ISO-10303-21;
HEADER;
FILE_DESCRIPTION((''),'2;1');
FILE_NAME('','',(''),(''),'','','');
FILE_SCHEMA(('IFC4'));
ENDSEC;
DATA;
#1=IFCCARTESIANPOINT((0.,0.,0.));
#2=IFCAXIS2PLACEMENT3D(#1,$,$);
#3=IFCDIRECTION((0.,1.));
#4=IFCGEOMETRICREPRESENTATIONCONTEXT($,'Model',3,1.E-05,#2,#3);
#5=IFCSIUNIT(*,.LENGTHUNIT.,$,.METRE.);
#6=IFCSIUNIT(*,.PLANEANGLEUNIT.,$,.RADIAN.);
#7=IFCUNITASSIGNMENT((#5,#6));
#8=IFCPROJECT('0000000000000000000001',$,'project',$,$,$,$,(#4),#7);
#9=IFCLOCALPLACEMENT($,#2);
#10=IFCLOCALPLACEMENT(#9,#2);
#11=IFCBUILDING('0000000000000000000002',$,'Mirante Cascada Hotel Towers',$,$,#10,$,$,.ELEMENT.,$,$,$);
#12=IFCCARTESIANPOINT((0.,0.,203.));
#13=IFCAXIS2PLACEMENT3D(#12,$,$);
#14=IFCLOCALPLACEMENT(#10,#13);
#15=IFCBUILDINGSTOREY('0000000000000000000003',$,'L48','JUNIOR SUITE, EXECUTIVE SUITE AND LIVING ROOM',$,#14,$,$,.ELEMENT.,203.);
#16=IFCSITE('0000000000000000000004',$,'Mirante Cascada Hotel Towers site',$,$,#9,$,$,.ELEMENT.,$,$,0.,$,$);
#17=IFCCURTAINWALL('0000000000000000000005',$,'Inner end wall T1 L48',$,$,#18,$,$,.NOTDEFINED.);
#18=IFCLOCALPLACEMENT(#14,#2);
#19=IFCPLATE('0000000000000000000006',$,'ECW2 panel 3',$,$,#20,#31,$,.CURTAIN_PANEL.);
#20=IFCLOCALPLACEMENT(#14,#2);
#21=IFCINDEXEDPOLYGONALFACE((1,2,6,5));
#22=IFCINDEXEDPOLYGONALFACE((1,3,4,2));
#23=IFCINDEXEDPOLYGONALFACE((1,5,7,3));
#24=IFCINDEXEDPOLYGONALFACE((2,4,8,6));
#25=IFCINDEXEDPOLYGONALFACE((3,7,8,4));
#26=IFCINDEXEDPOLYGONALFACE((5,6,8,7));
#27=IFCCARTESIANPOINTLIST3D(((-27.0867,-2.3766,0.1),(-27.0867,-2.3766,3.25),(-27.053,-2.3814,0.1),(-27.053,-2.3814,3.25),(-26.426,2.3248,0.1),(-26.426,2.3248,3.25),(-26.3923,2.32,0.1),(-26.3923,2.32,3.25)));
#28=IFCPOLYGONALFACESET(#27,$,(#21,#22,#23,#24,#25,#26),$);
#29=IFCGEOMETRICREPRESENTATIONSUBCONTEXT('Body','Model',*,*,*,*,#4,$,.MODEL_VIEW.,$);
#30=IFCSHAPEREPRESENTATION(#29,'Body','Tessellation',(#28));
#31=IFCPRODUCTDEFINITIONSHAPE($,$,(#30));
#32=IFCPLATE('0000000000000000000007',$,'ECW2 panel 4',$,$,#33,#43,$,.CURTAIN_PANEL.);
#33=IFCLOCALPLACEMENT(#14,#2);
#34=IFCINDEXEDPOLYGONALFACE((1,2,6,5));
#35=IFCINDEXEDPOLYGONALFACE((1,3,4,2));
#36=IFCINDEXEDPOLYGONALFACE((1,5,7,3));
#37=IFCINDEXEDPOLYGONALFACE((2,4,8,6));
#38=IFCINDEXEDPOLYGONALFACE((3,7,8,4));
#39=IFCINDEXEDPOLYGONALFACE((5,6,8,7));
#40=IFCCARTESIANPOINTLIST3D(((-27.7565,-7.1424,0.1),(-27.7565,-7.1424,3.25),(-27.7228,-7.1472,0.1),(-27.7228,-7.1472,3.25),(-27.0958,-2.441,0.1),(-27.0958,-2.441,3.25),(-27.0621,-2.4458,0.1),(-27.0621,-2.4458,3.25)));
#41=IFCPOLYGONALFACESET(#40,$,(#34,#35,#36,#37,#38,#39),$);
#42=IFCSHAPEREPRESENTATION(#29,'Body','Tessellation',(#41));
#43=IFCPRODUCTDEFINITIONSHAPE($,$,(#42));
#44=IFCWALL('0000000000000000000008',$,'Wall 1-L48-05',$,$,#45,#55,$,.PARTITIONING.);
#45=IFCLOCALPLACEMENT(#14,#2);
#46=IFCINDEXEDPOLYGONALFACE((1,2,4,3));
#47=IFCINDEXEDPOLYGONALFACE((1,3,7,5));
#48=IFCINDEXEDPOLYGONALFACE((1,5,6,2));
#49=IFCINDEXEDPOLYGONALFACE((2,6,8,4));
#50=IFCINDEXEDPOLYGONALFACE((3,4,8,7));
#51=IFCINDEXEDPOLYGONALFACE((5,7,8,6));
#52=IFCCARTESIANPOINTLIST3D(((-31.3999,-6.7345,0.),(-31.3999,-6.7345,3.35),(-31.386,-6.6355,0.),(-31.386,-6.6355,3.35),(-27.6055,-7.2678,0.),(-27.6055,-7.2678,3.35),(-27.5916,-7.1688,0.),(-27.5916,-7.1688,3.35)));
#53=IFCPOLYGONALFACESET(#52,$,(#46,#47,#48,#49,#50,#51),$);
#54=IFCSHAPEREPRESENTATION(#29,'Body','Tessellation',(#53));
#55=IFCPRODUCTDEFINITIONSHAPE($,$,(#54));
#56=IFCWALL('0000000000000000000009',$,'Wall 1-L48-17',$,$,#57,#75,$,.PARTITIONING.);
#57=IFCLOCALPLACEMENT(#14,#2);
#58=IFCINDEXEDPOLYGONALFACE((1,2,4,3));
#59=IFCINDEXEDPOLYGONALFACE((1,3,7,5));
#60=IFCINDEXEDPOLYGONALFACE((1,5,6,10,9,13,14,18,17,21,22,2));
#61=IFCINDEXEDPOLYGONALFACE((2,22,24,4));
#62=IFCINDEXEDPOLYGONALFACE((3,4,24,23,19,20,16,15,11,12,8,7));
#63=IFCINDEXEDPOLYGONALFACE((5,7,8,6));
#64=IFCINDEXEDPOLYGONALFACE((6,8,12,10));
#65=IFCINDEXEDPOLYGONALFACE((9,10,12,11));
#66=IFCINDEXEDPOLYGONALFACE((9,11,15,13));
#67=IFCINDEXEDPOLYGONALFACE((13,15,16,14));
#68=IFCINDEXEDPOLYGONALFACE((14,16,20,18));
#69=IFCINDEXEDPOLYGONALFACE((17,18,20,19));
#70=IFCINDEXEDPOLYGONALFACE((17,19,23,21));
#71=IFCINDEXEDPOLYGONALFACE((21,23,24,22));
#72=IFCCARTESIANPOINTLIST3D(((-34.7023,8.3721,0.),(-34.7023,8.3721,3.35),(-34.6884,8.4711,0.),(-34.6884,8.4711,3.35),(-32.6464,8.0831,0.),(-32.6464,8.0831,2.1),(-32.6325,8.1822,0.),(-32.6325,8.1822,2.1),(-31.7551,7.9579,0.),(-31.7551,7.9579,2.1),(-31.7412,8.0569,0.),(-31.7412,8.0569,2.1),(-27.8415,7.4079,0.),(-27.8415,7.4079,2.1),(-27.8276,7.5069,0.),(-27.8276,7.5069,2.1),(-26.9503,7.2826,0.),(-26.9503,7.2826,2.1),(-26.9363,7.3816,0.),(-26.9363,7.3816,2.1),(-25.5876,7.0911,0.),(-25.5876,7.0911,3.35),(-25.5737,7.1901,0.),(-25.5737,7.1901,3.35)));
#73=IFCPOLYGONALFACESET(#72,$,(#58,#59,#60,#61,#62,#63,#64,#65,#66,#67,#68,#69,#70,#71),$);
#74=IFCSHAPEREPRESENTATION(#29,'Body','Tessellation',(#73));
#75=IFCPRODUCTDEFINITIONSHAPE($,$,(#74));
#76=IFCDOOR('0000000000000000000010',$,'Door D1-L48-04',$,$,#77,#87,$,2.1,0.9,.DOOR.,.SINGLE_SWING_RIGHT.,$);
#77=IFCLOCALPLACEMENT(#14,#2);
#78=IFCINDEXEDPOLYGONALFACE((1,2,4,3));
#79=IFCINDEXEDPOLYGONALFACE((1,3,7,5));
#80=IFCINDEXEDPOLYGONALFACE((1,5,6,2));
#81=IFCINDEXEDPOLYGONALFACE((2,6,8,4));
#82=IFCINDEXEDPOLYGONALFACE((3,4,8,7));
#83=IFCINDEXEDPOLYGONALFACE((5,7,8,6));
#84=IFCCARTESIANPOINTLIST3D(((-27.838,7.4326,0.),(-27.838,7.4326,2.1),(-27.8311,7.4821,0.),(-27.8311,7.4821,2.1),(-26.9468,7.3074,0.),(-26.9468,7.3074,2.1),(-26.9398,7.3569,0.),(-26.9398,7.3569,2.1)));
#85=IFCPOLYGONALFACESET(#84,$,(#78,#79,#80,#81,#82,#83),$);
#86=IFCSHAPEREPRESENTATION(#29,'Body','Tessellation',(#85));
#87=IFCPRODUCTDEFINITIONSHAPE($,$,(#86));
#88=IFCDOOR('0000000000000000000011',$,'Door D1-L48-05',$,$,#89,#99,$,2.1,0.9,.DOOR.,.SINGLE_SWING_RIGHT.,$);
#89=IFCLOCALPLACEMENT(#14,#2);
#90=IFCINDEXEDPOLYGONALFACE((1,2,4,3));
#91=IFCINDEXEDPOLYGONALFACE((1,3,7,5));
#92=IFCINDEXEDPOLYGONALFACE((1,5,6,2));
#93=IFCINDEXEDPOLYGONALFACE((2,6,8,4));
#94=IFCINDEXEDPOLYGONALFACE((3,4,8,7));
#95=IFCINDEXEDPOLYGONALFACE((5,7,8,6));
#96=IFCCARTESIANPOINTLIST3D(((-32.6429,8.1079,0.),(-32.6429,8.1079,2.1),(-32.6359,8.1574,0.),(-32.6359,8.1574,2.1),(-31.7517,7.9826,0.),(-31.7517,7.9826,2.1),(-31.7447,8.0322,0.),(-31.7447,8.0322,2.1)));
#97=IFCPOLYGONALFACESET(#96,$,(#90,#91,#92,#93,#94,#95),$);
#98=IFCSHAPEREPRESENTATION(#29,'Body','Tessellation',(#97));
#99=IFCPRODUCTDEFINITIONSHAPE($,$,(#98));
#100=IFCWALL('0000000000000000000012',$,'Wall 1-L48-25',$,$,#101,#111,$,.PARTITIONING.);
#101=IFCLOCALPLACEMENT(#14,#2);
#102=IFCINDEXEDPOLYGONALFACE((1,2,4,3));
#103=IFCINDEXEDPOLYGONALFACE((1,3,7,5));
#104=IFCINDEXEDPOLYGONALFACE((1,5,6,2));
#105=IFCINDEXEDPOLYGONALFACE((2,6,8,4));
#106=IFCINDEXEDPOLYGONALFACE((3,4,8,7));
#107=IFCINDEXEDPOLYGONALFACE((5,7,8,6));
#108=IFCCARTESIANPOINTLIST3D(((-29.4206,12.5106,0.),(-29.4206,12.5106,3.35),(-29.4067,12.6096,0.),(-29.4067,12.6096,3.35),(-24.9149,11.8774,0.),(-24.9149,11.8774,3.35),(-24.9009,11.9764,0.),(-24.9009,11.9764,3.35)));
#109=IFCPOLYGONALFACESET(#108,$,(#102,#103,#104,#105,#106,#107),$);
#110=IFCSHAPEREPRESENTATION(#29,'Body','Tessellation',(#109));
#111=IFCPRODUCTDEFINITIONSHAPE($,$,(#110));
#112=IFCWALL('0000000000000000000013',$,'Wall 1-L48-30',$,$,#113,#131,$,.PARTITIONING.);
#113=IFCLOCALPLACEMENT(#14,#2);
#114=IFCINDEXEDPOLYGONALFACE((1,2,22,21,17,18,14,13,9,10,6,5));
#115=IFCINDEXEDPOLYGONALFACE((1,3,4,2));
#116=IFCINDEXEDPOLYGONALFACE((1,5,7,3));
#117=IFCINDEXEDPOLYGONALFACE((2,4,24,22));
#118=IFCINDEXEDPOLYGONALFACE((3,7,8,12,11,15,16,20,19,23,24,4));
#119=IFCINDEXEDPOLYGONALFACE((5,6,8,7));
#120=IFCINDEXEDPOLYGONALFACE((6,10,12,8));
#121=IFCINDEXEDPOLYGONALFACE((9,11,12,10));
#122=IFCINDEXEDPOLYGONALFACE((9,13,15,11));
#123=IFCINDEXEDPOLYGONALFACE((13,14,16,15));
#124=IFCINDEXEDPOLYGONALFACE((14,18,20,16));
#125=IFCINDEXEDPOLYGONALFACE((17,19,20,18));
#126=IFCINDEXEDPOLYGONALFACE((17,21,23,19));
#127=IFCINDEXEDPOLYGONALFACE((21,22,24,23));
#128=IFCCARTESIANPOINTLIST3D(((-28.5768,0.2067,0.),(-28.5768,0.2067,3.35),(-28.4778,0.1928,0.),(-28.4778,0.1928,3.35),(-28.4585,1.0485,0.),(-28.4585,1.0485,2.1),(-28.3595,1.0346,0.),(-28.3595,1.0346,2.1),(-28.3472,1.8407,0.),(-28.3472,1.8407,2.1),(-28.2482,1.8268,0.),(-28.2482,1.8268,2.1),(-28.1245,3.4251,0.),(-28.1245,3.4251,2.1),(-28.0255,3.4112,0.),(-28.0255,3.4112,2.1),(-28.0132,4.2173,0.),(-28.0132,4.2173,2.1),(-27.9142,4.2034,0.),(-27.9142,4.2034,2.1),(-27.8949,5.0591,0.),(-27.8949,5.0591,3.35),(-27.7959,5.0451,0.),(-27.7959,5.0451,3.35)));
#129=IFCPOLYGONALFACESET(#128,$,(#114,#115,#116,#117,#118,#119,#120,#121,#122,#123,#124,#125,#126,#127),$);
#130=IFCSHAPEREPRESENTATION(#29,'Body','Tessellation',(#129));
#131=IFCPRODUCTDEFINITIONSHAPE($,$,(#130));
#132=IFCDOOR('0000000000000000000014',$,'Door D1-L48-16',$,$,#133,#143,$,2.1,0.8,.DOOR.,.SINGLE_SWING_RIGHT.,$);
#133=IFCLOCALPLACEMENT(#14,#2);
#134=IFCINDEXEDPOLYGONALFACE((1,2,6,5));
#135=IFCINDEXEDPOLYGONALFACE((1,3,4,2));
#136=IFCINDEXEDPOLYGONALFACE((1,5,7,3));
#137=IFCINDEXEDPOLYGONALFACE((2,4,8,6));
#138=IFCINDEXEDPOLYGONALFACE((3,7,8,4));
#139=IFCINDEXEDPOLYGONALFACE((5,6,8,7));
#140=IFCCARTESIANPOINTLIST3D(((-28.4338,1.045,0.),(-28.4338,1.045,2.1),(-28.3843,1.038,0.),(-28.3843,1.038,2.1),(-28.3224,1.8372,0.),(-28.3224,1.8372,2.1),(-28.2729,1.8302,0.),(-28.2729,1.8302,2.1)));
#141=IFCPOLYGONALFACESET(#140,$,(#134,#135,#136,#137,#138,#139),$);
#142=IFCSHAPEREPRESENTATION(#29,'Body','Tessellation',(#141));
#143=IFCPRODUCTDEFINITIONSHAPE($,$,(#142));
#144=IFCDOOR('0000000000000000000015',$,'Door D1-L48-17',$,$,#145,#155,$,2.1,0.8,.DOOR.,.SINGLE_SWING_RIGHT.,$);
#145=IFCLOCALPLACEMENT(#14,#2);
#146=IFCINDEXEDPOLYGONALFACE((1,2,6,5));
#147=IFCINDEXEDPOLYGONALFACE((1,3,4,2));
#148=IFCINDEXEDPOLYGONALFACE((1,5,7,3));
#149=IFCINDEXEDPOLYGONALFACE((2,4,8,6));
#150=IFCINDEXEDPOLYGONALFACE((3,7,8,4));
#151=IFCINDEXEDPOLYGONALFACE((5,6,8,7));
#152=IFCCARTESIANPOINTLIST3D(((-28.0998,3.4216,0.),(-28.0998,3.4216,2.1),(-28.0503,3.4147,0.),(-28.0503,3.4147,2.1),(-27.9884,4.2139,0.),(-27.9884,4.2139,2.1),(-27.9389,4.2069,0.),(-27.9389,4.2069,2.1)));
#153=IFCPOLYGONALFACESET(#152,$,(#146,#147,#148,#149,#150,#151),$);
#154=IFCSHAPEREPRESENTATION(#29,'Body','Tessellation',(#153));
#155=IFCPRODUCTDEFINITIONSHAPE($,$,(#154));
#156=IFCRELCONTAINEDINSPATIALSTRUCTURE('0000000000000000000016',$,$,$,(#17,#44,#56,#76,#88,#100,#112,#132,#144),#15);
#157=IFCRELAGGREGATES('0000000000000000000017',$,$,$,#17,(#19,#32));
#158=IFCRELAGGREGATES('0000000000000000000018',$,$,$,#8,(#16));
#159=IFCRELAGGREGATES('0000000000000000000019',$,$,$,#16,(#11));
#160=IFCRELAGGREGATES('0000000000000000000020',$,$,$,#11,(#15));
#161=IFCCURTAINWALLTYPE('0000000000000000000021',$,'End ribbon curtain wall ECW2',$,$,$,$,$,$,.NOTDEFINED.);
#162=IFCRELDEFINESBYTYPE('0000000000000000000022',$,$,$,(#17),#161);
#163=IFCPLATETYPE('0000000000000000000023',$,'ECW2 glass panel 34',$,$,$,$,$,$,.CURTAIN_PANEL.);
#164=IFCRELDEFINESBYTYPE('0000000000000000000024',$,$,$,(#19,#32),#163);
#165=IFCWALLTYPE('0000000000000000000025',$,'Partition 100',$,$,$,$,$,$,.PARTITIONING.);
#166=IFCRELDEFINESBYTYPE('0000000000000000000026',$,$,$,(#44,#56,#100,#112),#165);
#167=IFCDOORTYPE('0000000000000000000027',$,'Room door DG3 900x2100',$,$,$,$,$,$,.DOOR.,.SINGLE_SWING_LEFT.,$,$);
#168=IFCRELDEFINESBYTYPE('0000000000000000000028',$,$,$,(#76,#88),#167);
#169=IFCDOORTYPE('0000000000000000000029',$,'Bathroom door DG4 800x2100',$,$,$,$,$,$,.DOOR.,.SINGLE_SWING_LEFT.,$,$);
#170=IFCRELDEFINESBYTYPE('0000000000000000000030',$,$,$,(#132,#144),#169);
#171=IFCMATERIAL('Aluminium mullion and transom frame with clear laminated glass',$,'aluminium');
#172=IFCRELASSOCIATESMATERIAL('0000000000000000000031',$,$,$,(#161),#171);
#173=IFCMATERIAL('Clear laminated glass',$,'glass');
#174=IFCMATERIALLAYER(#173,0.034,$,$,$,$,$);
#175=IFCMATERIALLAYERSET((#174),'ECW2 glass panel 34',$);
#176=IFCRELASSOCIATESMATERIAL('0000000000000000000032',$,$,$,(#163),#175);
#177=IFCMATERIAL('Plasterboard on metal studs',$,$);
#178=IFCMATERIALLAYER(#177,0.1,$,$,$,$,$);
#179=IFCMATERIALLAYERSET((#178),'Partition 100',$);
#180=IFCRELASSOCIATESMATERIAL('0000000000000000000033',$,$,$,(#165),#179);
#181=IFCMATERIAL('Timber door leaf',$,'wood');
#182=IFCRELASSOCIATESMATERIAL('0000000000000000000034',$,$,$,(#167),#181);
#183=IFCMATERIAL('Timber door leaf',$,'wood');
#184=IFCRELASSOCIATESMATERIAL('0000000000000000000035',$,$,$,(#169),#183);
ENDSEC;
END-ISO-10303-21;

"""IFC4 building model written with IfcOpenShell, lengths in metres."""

from ifc_helpers import new_model, si_unit, direction, frame, frame_2d, origin, origin_2d, place, context, subcontext, project, spatial, rectangle, extrude, material, layer, layer_set, type_object, element, fill, aggregate, save


model = new_model("IFC4")

# Units and contexts
model_context = context("Model", 3, precision=1e-05, world=origin(), true_north=direction((0.0, 1.0)))
body_context = subcontext(model_context, "Body", "Model", "MODEL_VIEW")
ifc_project = project(units=[si_unit("LENGTHUNIT", "METRE"), si_unit("PLANEANGLEUNIT", "RADIAN")], contexts=[model_context])

# Site, building, storey
site_placement = place(None, origin())
site = spatial("IfcSite", under=ifc_project, at=site_placement, Name="Mirante Cascada Hotel Towers site", CompositionType="ELEMENT", RefElevation=0.0)
building_placement = place(site_placement, origin())
building = spatial("IfcBuilding", under=site, at=building_placement, Name="Mirante Cascada Hotel Towers", CompositionType="ELEMENT")
storey_placement = place(building_placement, frame((0.0, 0.0, 203.0)))
storey = spatial("IfcBuildingStorey", under=building, at=storey_placement, Name="L48", Description="JUNIOR SUITE, EXECUTIVE SUITE AND LIVING ROOM", CompositionType="ELEMENT", Elevation=203.0)

# Curtain wall, plates
ifc_material_1 = material(Name="Aluminium mullion and transom frame with clear laminated glass", Category="aluminium")
curtain_wall_type = type_object("IfcCurtainWallType", Name="End ribbon curtain wall ECW2", PredefinedType="NOTDEFINED", material=ifc_material_1)
curtain_wall_placement = place(storey_placement, origin())
curtain_wall = element("IfcCurtainWall", 1, at=curtain_wall_placement, inside=storey, type_object=curtain_wall_type, Name="Inner end wall T1 L48", PredefinedType="NOTDEFINED")
ifc_material_2 = material(Name="Clear laminated glass", Category="glass")
ifc_layer_1 = layer(ifc_material_2, 0.034)
ifc_layer_set_1 = layer_set([ifc_layer_1], Name="ECW2 glass panel 34")
plate_type = type_object("IfcPlateType", Name="ECW2 glass panel 34", PredefinedType="CURTAIN_PANEL", material=ifc_layer_set_1)
plate_1_placement = place(storey_placement, frame((-26.7395, -0.0283, 0.1), z_axis=(0.0, 0.0, 1.0), x_axis=(-0.139173, -0.990268, 0.0)))
plate_1 = element("IfcPlate", 2, at=plate_1_placement, type_object=plate_type, Name="ECW2 panel 3", PredefinedType="CURTAIN_PANEL", context=body_context, shape_type="SweptSolid", body=[
    extrude(rectangle(XDim=4.7476, YDim=0.034, at=origin_2d()), origin(), (0.0, 0.0, 1.0), 3.15),
])
plate_2_placement = place(storey_placement, frame((-27.4093, -4.7941, 0.1), z_axis=(0.0, 0.0, 1.0), x_axis=(-0.139173, -0.990268, 0.0)))
plate_2 = element("IfcPlate", 3, at=plate_2_placement, type_object=plate_type, Name="ECW2 panel 4", PredefinedType="CURTAIN_PANEL", context=body_context, shape_type="SweptSolid", body=[
    extrude(rectangle(XDim=4.7476, YDim=0.034, at=origin_2d()), origin(), (0.0, 0.0, 1.0), 3.15),
])
aggregate(curtain_wall, [plate_1, plate_2])

# Wall
ifc_material_3 = material(Name="Plasterboard on metal studs")
ifc_layer_2 = layer(ifc_material_3, 0.1)
ifc_layer_set_2 = layer_set([ifc_layer_2], Name="Partition 100")
wall_type = type_object("IfcWallType", Name="Partition 100", PredefinedType="PARTITIONING", material=ifc_layer_set_2)
wall_1_placement = place(storey_placement, frame((-27.5986, -7.2183, 0.0), z_axis=(0.0, 0.0, 1.0), x_axis=(-0.990267, 0.139181, 0.0)))
element("IfcWall", 4, at=wall_1_placement, inside=storey, type_object=wall_type, Name="Wall 1-L48-05", PredefinedType="PARTITIONING", context=body_context, shape_type="SweptSolid", body=[
    extrude(rectangle(XDim=3.8317, YDim=0.1, at=frame_2d((1.9158, 0.0))), origin(), (0.0, 0.0, 1.0), 3.35),
])

# Wall, openings, doors
wall_2_placement = place(storey_placement, frame((-25.5806, 7.1406, 0.0), z_axis=(0.0, 0.0, 1.0), x_axis=(-0.990268, 0.139174, 0.0)))
wall_2 = element("IfcWall", 5, at=wall_2_placement, inside=storey, type_object=wall_type, Name="Wall 1-L48-17", PredefinedType="PARTITIONING", context=body_context, shape_type="SweptSolid", body=[
    extrude(rectangle(XDim=9.2043, YDim=0.1, at=frame_2d((4.6022, 0.0))), origin(), (0.0, 0.0, 1.0), 3.35),
])
opening_1_placement = place(wall_2_placement, frame((1.3761, 0.0, 0.0)))
opening_1 = element("IfcOpeningElement", 6, at=opening_1_placement, cuts=wall_2, PredefinedType="OPENING", context=body_context, shape_type="SweptSolid", body=[
    extrude(rectangle(XDim=0.9, YDim=2.1, at=frame_2d((0.45, 1.05))), frame((0.0, 0.05, 0.0), z_axis=(0.0, -1.0, 0.0), x_axis=(1.0, 0.0, 0.0)), (0.0, 0.0, 1.0), 0.1),
])
opening_2_placement = place(wall_2_placement, frame((6.2282, 0.0, 0.0)))
opening_2 = element("IfcOpeningElement", 7, at=opening_2_placement, cuts=wall_2, PredefinedType="OPENING", context=body_context, shape_type="SweptSolid", body=[
    extrude(rectangle(XDim=0.9, YDim=2.1, at=frame_2d((0.45, 1.05))), frame((0.0, 0.05, 0.0), z_axis=(0.0, -1.0, 0.0), x_axis=(1.0, 0.0, 0.0)), (0.0, 0.0, 1.0), 0.1),
])
ifc_material_4 = material(Name="Timber door leaf", Category="wood")
door_type_1 = type_object("IfcDoorType", Name="Room door DG3 900x2100", OperationType="SINGLE_SWING_LEFT", PredefinedType="DOOR", material=ifc_material_4)
door_1_placement = place(opening_1_placement, frame((0.9, 0.0, 0.0), z_axis=(0.0, 0.0, 1.0), x_axis=(-1.0, 0.0, 0.0)))
door_1 = element("IfcDoor", 8, at=door_1_placement, inside=storey, type_object=door_type_1, Name="Door D1-L48-04", OperationType="SINGLE_SWING_RIGHT", OverallHeight=2.1, OverallWidth=0.9, PredefinedType="DOOR", context=body_context, shape_type="SweptSolid", body=[
    extrude(rectangle(XDim=0.9, YDim=2.1, at=frame_2d((0.45, 1.05))), frame((0.0, 0.025, 0.0), z_axis=(0.0, -1.0, 0.0), x_axis=(1.0, 0.0, 0.0)), (0.0, 0.0, 1.0), 0.05),
])
fill(opening_1, door_1)
door_2_placement = place(opening_2_placement, frame((0.9, 0.0, 0.0), z_axis=(0.0, 0.0, 1.0), x_axis=(-1.0, 0.0, 0.0)))
door_2 = element("IfcDoor", 9, at=door_2_placement, inside=storey, type_object=door_type_1, Name="Door D1-L48-05", OperationType="SINGLE_SWING_RIGHT", OverallHeight=2.1, OverallWidth=0.9, PredefinedType="DOOR", context=body_context, shape_type="SweptSolid", body=[
    extrude(rectangle(XDim=0.9, YDim=2.1, at=frame_2d((0.45, 1.05))), frame((0.0, 0.025, 0.0), z_axis=(0.0, -1.0, 0.0), x_axis=(1.0, 0.0, 0.0)), (0.0, 0.0, 1.0), 0.05),
])
fill(opening_2, door_2)

# Wall
wall_3_placement = place(storey_placement, frame((-24.9079, 11.9269, 0.0), z_axis=(0.0, 0.0, 1.0), x_axis=(-0.990269, 0.139166, 0.0)))
element("IfcWall", 10, at=wall_3_placement, inside=storey, type_object=wall_type, Name="Wall 1-L48-25", PredefinedType="PARTITIONING", context=body_context, shape_type="SweptSolid", body=[
    extrude(rectangle(XDim=4.55, YDim=0.1, at=frame_2d((2.275, 0.0))), origin(), (0.0, 0.0, 1.0), 3.35),
])

# Wall, openings, doors
wall_4_placement = place(storey_placement, frame((-27.8454, 5.0521, 0.0), z_axis=(0.0, 0.0, 1.0), x_axis=(-0.139164, -0.990269, 0.0)))
wall_4 = element("IfcWall", 11, at=wall_4_placement, inside=storey, type_object=wall_type, Name="Wall 1-L48-30", PredefinedType="PARTITIONING", context=body_context, shape_type="SweptSolid", body=[
    extrude(rectangle(XDim=4.9, YDim=0.1, at=frame_2d((2.45, 0.0))), origin(), (0.0, 0.0, 1.0), 3.35),
])
opening_3_placement = place(wall_4_placement, frame((3.25, 0.0, 0.0)))
opening_3 = element("IfcOpeningElement", 12, at=opening_3_placement, cuts=wall_4, PredefinedType="OPENING", context=body_context, shape_type="SweptSolid", body=[
    extrude(rectangle(XDim=0.8, YDim=2.1, at=frame_2d((0.4, 1.05))), frame((0.0, 0.05, 0.0), z_axis=(0.0, -1.0, 0.0), x_axis=(1.0, 0.0, 0.0)), (0.0, 0.0, 1.0), 0.1),
])
opening_4_placement = place(wall_4_placement, frame((0.85, 0.0, 0.0)))
opening_4 = element("IfcOpeningElement", 13, at=opening_4_placement, cuts=wall_4, PredefinedType="OPENING", context=body_context, shape_type="SweptSolid", body=[
    extrude(rectangle(XDim=0.8, YDim=2.1, at=frame_2d((0.4, 1.05))), frame((0.0, 0.05, 0.0), z_axis=(0.0, -1.0, 0.0), x_axis=(1.0, 0.0, 0.0)), (0.0, 0.0, 1.0), 0.1),
])
ifc_material_5 = material(Name="Timber door leaf", Category="wood")
door_type_2 = type_object("IfcDoorType", Name="Bathroom door DG4 800x2100", OperationType="SINGLE_SWING_LEFT", PredefinedType="DOOR", material=ifc_material_5)
door_3_placement = place(opening_3_placement, frame((0.8, 0.0, 0.0), z_axis=(0.0, 0.0, 1.0), x_axis=(-1.0, 0.0, 0.0)))
door_3 = element("IfcDoor", 14, at=door_3_placement, inside=storey, type_object=door_type_2, Name="Door D1-L48-16", OperationType="SINGLE_SWING_RIGHT", OverallHeight=2.1, OverallWidth=0.8, PredefinedType="DOOR", context=body_context, shape_type="SweptSolid", body=[
    extrude(rectangle(XDim=0.8, YDim=2.1, at=frame_2d((0.4, 1.05))), frame((0.0, 0.025, 0.0), z_axis=(0.0, -1.0, 0.0), x_axis=(1.0, 0.0, 0.0)), (0.0, 0.0, 1.0), 0.05),
])
fill(opening_3, door_3)
door_4_placement = place(opening_4_placement, frame((0.8, 0.0, 0.0), z_axis=(0.0, 0.0, 1.0), x_axis=(-1.0, 0.0, 0.0)))
door_4 = element("IfcDoor", 15, at=door_4_placement, inside=storey, type_object=door_type_2, Name="Door D1-L48-17", OperationType="SINGLE_SWING_RIGHT", OverallHeight=2.1, OverallWidth=0.8, PredefinedType="DOOR", context=body_context, shape_type="SweptSolid", body=[
    extrude(rectangle(XDim=0.8, YDim=2.1, at=frame_2d((0.4, 1.05))), frame((0.0, 0.025, 0.0), z_axis=(0.0, -1.0, 0.0), x_axis=(1.0, 0.0, 0.0)), (0.0, 0.0, 1.0), 0.05),
])
fill(opening_4, door_4)

save(model, "model.ifc")
